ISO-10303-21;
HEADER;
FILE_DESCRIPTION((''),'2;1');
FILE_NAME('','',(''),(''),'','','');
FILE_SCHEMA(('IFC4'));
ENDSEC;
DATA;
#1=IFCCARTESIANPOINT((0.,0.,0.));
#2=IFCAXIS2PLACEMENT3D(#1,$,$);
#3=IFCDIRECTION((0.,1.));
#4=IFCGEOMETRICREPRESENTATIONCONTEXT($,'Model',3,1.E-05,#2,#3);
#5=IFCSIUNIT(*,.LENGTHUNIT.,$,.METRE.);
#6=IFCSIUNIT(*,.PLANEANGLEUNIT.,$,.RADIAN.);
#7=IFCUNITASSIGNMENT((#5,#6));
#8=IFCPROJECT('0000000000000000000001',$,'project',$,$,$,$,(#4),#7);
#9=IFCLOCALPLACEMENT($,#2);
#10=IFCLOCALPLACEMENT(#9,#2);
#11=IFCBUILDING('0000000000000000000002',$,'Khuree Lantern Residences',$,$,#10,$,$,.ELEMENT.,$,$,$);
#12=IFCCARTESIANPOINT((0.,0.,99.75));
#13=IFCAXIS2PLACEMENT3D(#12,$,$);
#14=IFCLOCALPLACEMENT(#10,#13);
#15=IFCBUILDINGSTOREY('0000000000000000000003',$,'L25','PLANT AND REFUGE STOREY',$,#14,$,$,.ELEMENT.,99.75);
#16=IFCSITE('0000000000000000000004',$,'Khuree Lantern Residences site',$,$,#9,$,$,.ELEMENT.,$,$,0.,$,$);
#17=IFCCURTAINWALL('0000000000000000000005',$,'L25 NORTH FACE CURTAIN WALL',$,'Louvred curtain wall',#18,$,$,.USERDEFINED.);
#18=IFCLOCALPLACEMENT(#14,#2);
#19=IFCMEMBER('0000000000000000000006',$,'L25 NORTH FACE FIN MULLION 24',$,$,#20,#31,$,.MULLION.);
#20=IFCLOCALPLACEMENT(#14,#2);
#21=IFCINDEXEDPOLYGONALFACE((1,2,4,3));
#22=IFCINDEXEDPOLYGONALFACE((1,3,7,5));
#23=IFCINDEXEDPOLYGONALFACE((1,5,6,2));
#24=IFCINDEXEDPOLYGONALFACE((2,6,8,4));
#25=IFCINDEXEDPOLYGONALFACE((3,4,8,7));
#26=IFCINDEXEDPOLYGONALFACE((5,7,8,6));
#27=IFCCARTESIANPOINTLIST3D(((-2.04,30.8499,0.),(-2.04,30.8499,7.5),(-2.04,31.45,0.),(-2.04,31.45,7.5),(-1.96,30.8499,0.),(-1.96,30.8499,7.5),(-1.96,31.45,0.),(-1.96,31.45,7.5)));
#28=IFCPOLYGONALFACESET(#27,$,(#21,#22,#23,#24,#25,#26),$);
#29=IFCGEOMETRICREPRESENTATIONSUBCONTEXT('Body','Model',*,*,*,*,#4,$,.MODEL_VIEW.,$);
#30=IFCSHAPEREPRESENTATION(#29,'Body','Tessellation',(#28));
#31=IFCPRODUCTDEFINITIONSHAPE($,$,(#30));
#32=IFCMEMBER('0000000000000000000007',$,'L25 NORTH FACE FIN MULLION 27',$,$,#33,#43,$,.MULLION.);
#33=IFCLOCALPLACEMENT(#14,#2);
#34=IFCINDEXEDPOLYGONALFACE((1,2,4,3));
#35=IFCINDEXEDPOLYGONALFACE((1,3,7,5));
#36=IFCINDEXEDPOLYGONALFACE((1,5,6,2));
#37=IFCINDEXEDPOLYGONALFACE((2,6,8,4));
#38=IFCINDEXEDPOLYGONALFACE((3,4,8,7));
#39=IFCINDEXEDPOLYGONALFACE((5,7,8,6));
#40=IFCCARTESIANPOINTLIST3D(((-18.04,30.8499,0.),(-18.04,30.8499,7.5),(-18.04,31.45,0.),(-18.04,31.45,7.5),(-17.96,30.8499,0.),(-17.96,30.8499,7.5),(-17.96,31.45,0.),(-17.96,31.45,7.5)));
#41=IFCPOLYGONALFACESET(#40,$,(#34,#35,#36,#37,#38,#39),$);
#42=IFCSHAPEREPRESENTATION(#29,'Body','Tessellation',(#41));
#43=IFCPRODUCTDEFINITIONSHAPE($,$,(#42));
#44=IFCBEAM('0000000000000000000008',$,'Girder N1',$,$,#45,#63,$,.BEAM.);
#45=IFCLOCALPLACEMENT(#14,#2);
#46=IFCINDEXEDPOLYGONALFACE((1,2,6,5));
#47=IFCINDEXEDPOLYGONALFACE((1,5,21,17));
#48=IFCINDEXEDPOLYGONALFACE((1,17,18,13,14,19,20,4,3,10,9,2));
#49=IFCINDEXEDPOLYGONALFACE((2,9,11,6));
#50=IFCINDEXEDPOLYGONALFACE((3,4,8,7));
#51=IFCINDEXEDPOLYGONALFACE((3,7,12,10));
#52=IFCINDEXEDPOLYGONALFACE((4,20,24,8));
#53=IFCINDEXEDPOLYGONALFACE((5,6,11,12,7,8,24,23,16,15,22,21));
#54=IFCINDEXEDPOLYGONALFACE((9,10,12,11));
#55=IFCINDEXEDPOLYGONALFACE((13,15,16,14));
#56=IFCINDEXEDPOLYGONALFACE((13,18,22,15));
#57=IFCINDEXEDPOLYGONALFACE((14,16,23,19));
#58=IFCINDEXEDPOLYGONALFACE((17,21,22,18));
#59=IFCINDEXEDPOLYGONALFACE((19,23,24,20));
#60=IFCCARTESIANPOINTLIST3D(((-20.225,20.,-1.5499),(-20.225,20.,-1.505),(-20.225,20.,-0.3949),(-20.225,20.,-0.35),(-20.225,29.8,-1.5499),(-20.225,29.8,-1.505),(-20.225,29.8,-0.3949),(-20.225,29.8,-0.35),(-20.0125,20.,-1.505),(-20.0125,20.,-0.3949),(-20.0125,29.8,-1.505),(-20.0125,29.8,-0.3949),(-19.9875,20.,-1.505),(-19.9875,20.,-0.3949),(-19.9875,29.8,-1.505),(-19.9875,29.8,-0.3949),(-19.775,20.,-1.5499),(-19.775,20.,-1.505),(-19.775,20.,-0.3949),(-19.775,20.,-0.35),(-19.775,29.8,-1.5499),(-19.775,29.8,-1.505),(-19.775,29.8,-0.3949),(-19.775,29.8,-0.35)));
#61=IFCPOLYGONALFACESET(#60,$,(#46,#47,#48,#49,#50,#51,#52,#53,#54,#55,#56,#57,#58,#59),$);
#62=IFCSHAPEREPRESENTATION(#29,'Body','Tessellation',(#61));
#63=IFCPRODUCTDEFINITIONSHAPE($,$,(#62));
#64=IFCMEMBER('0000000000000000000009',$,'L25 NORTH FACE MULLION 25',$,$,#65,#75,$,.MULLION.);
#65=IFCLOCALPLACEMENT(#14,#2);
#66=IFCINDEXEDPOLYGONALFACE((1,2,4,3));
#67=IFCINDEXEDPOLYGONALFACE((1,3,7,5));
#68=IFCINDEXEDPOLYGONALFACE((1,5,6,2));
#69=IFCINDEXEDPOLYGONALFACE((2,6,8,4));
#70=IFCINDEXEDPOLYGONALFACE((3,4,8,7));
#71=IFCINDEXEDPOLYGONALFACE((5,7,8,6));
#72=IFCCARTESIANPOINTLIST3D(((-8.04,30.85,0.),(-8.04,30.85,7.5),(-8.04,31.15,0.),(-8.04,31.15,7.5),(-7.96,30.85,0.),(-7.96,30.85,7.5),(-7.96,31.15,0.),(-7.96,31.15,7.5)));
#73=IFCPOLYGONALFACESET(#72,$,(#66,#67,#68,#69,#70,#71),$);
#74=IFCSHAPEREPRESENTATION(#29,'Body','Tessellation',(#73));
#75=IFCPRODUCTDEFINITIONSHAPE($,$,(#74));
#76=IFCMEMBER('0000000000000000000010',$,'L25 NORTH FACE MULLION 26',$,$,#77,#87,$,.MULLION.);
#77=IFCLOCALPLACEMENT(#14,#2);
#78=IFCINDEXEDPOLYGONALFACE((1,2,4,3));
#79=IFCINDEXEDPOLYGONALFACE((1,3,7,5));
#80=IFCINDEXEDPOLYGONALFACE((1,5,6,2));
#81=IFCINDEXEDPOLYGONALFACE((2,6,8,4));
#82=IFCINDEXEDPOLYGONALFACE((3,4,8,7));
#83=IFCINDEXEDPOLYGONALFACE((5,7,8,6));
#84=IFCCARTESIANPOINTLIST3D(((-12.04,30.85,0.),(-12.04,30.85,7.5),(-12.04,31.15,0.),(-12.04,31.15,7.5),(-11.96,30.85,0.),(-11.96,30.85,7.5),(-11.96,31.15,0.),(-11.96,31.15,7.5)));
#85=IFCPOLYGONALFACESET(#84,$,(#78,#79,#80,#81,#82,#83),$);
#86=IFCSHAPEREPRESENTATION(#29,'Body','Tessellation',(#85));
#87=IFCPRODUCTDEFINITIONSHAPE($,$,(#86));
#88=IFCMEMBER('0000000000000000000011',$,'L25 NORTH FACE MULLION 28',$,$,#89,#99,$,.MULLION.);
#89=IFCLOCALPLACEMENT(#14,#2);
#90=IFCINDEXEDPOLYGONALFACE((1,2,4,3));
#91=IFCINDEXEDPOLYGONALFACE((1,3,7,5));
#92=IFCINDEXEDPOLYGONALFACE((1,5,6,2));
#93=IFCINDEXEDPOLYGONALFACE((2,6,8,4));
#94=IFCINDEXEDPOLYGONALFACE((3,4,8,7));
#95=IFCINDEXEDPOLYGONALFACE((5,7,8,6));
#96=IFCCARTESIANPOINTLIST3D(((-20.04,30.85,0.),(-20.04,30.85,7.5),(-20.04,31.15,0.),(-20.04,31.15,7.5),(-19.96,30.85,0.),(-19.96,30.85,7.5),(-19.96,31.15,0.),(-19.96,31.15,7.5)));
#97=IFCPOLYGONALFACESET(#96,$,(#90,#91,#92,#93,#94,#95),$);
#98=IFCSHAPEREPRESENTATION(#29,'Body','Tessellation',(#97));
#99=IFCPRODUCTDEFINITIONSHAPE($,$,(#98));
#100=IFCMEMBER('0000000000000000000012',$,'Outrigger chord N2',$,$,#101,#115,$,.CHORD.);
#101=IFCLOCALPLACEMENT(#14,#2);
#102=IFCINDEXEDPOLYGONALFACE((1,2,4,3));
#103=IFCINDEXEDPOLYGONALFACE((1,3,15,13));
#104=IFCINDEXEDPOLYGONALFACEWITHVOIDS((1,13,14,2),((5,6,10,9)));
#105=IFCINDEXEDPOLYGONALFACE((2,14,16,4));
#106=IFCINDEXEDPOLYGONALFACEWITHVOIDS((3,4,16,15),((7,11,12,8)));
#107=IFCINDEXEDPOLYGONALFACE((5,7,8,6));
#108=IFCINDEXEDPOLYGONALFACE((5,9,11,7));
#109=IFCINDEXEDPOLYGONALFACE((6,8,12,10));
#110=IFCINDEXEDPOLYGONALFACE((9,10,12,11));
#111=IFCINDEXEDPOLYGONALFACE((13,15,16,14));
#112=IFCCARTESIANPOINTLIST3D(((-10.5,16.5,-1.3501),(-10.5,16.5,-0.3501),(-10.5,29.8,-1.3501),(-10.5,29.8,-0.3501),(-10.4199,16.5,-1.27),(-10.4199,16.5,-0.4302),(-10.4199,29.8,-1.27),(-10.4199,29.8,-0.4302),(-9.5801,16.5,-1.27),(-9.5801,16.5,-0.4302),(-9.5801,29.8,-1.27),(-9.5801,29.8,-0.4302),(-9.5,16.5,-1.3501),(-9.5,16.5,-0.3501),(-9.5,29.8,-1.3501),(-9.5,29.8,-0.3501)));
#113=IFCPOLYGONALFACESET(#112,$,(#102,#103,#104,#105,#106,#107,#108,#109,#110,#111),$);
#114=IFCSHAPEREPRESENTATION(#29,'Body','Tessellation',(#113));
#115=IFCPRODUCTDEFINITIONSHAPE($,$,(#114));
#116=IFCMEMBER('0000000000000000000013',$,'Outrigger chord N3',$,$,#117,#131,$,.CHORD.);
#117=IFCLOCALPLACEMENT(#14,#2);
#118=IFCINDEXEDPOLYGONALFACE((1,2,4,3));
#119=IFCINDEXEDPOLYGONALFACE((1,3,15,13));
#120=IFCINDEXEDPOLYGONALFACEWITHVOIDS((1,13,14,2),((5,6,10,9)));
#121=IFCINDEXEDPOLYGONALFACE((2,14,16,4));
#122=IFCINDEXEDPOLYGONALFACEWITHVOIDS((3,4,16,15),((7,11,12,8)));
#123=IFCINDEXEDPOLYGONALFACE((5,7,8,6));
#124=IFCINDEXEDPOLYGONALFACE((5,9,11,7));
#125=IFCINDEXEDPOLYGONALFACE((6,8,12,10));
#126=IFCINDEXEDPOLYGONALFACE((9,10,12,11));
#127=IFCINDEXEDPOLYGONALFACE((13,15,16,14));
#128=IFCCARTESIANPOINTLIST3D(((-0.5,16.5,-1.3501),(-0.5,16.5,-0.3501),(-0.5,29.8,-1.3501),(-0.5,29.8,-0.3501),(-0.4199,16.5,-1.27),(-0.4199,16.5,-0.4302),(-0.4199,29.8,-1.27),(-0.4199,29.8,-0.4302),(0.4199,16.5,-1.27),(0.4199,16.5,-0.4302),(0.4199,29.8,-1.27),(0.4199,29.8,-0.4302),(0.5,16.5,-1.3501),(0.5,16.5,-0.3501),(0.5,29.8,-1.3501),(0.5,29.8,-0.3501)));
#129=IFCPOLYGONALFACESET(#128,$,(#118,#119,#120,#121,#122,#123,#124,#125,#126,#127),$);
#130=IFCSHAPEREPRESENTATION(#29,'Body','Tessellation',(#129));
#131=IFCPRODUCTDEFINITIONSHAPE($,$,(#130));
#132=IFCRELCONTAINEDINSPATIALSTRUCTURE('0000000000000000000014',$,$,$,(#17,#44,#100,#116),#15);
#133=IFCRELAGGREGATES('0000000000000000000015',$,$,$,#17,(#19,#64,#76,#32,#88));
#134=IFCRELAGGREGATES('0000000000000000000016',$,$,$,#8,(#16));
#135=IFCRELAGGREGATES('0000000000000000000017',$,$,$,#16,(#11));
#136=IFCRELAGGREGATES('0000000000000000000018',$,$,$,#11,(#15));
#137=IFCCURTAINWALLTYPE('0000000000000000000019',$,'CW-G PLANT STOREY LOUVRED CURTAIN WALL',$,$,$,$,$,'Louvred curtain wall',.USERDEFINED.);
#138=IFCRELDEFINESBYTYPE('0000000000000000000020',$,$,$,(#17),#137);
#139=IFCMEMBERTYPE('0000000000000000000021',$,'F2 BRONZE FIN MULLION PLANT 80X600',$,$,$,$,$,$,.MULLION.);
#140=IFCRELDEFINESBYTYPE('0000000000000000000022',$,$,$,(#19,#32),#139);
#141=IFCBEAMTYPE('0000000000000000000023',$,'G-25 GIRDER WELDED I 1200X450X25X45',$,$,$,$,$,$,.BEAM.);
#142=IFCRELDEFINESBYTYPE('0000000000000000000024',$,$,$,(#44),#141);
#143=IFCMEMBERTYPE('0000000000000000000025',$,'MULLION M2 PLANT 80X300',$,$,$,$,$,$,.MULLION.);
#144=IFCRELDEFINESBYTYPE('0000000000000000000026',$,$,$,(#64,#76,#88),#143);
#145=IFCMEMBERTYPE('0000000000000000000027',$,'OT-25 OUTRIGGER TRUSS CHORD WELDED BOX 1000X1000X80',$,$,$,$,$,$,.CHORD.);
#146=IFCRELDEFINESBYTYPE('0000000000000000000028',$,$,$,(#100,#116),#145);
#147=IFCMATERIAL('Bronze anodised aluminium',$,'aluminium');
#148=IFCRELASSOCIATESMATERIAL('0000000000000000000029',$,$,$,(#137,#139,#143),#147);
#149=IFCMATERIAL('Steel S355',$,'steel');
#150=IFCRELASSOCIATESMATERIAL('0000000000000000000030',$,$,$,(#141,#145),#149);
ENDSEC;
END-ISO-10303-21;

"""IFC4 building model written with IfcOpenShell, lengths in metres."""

from ifc_helpers import new_model, si_unit, direction, frame, origin, origin_2d, place, context, subcontext, project, spatial, rectangle, hollow_rectangle, i_section, extrude, material, material_profile, profile_set, type_object, element, aggregate, save


model = new_model("IFC4")

# Units and contexts
model_context = context("Model", 3, precision=1e-05, world=origin(), true_north=direction((0.0, 1.0)))
body_context = subcontext(model_context, "Body", "Model", "MODEL_VIEW")
ifc_project = project(units=[si_unit("LENGTHUNIT", "METRE"), si_unit("PLANEANGLEUNIT", "RADIAN")], contexts=[model_context])

# Site, building, storey
site_placement = place(None, origin())
site = spatial("IfcSite", under=ifc_project, at=site_placement, Name="Khuree Lantern Residences site", CompositionType="ELEMENT", RefElevation=0.0)
building_placement = place(site_placement, origin())
building = spatial("IfcBuilding", under=site, at=building_placement, Name="Khuree Lantern Residences", CompositionType="ELEMENT")
storey_placement = place(building_placement, frame((0.0, 0.0, 99.75)))
storey = spatial("IfcBuildingStorey", under=building, at=storey_placement, Name="L25", Description="PLANT AND REFUGE STOREY", CompositionType="ELEMENT", Elevation=99.75)

# Shared definitions
ifc_material_1 = material(Name="Steel S355", Category="steel")

# Curtain wall, members
ifc_material_2 = material(Name="Bronze anodised aluminium", Category="aluminium")
curtain_wall_type = type_object("IfcCurtainWallType", Name="CW-G PLANT STOREY LOUVRED CURTAIN WALL", ElementType="Louvred curtain wall", PredefinedType="USERDEFINED", material=ifc_material_2)
curtain_wall_placement = place(storey_placement, origin())
curtain_wall = element("IfcCurtainWall", 1, at=curtain_wall_placement, inside=storey, type_object=curtain_wall_type, Name="L25 NORTH FACE CURTAIN WALL", ObjectType="Louvred curtain wall", PredefinedType="USERDEFINED")
ifc_material_profile_1 = material_profile(ifc_material_2, rectangle(XDim=0.0801, YDim=0.6001, at=origin_2d()), Name="F2 80X600")
ifc_profile_set_1 = profile_set([ifc_material_profile_1], Name="Bronze anodised aluminium")
member_type_1 = type_object("IfcMemberType", Name="F2 BRONZE FIN MULLION PLANT 80X600", PredefinedType="MULLION", material=ifc_profile_set_1)
member_1_placement = place(storey_placement, frame((-2.0, 31.1499, 0.0), z_axis=(0.0, 0.0, 1.0), x_axis=(-1.0, 0.0, 0.0)))
member_1 = element("IfcMember", 2, at=member_1_placement, type_object=member_type_1, Name="L25 NORTH FACE FIN MULLION 24", PredefinedType="MULLION", context=body_context, shape_type="SweptSolid", body=[
    extrude(rectangle(XDim=0.0801, YDim=0.6001, at=origin_2d()), origin(), (0.0, 0.0, 1.0), 7.5),
])
member_2_placement = place(storey_placement, frame((-18.0, 31.1499, 0.0), z_axis=(0.0, 0.0, 1.0), x_axis=(-1.0, 0.0, 0.0)))
member_2 = element("IfcMember", 3, at=member_2_placement, type_object=member_type_1, Name="L25 NORTH FACE FIN MULLION 27", PredefinedType="MULLION", context=body_context, shape_type="SweptSolid", body=[
    extrude(rectangle(XDim=0.0801, YDim=0.6001, at=origin_2d()), origin(), (0.0, 0.0, 1.0), 7.5),
])

# Beam
ifc_material_profile_2 = material_profile(ifc_material_1, i_section(OverallWidth=0.45, OverallDepth=1.2, WebThickness=0.0249, FlangeThickness=0.0449, at=origin_2d()), Name="WELDED I 1200X450X25X45")
ifc_profile_set_2 = profile_set([ifc_material_profile_2], Name="Steel S355")
beam_type_1 = type_object("IfcBeamType", Name="G-25 GIRDER WELDED I 1200X450X25X45", PredefinedType="BEAM", material=ifc_profile_set_2)
beam_placement = place(storey_placement, frame((-20.0, 29.8, -0.95), z_axis=(0.0, -1.0, 0.0), x_axis=(1.0, 0.0, 0.0)))
element("IfcBeam", 4, at=beam_placement, inside=storey, type_object=beam_type_1, Name="Girder N1", PredefinedType="BEAM", context=body_context, shape_type="SweptSolid", body=[
    extrude(i_section(OverallWidth=0.45, OverallDepth=1.2, WebThickness=0.0249, FlangeThickness=0.0449, at=origin_2d()), origin(), (0.0, 0.0, 1.0), 9.8),
])

# Members
ifc_material_profile_3 = material_profile(ifc_material_2, rectangle(XDim=0.0801, YDim=0.3, at=origin_2d()), Name="M2 80X300")
ifc_profile_set_3 = profile_set([ifc_material_profile_3], Name="Bronze anodised aluminium")
member_type_2 = type_object("IfcMemberType", Name="MULLION M2 PLANT 80X300", PredefinedType="MULLION", material=ifc_profile_set_3)
member_3_placement = place(storey_placement, frame((-8.0, 31.0, 0.0), z_axis=(0.0, 0.0, 1.0), x_axis=(-1.0, 0.0, 0.0)))
member_3 = element("IfcMember", 5, at=member_3_placement, type_object=member_type_2, Name="L25 NORTH FACE MULLION 25", PredefinedType="MULLION", context=body_context, shape_type="SweptSolid", body=[
    extrude(rectangle(XDim=0.0801, YDim=0.3, at=origin_2d()), origin(), (0.0, 0.0, 1.0), 7.5),
])
member_4_placement = place(storey_placement, frame((-12.0, 31.0, 0.0), z_axis=(0.0, 0.0, 1.0), x_axis=(-1.0, 0.0, 0.0)))
member_4 = element("IfcMember", 6, at=member_4_placement, type_object=member_type_2, Name="L25 NORTH FACE MULLION 26", PredefinedType="MULLION", context=body_context, shape_type="SweptSolid", body=[
    extrude(rectangle(XDim=0.0801, YDim=0.3, at=origin_2d()), origin(), (0.0, 0.0, 1.0), 7.5),
])
member_5_placement = place(storey_placement, frame((-20.0, 31.0, 0.0), z_axis=(0.0, 0.0, 1.0), x_axis=(-1.0, 0.0, 0.0)))
member_5 = element("IfcMember", 7, at=member_5_placement, type_object=member_type_2, Name="L25 NORTH FACE MULLION 28", PredefinedType="MULLION", context=body_context, shape_type="SweptSolid", body=[
    extrude(rectangle(XDim=0.0801, YDim=0.3, at=origin_2d()), origin(), (0.0, 0.0, 1.0), 7.5),
])

# Members
ifc_material_profile_4 = material_profile(ifc_material_1, hollow_rectangle(XDim=1.0, YDim=1.0, WallThickness=0.0801, at=origin_2d()), Name="WELDED BOX 1000X1000X80")
ifc_profile_set_4 = profile_set([ifc_material_profile_4], Name="Steel S355")
member_type_3 = type_object("IfcMemberType", Name="OT-25 OUTRIGGER TRUSS CHORD WELDED BOX 1000X1000X80", PredefinedType="CHORD", material=ifc_profile_set_4)
for number, where, z_axis, x_axis, name in (
    (8, (-10.0, 29.8, -0.8501), (0.0, -1.0, 0.0), (1.0, 0.0, 0.0), "Outrigger chord N2"),
    (9, (0.0, 29.8, -0.8501), (0.0, -1.0, 0.0), (1.0, 0.0, 0.0), "Outrigger chord N3"),
):
    element("IfcMember", number, at=place(storey_placement, frame(where, z_axis=z_axis, x_axis=x_axis)), inside=storey, type_object=member_type_3, Name=name, PredefinedType="CHORD", context=body_context, shape_type="SweptSolid", body=[
        extrude(hollow_rectangle(XDim=1.0, YDim=1.0, WallThickness=0.0801, at=origin_2d()), origin(), (0.0, 0.0, 1.0), 13.3),
    ])

aggregate(curtain_wall, [member_1, member_3, member_4, member_2, member_5])

save(model, "model.ifc")
